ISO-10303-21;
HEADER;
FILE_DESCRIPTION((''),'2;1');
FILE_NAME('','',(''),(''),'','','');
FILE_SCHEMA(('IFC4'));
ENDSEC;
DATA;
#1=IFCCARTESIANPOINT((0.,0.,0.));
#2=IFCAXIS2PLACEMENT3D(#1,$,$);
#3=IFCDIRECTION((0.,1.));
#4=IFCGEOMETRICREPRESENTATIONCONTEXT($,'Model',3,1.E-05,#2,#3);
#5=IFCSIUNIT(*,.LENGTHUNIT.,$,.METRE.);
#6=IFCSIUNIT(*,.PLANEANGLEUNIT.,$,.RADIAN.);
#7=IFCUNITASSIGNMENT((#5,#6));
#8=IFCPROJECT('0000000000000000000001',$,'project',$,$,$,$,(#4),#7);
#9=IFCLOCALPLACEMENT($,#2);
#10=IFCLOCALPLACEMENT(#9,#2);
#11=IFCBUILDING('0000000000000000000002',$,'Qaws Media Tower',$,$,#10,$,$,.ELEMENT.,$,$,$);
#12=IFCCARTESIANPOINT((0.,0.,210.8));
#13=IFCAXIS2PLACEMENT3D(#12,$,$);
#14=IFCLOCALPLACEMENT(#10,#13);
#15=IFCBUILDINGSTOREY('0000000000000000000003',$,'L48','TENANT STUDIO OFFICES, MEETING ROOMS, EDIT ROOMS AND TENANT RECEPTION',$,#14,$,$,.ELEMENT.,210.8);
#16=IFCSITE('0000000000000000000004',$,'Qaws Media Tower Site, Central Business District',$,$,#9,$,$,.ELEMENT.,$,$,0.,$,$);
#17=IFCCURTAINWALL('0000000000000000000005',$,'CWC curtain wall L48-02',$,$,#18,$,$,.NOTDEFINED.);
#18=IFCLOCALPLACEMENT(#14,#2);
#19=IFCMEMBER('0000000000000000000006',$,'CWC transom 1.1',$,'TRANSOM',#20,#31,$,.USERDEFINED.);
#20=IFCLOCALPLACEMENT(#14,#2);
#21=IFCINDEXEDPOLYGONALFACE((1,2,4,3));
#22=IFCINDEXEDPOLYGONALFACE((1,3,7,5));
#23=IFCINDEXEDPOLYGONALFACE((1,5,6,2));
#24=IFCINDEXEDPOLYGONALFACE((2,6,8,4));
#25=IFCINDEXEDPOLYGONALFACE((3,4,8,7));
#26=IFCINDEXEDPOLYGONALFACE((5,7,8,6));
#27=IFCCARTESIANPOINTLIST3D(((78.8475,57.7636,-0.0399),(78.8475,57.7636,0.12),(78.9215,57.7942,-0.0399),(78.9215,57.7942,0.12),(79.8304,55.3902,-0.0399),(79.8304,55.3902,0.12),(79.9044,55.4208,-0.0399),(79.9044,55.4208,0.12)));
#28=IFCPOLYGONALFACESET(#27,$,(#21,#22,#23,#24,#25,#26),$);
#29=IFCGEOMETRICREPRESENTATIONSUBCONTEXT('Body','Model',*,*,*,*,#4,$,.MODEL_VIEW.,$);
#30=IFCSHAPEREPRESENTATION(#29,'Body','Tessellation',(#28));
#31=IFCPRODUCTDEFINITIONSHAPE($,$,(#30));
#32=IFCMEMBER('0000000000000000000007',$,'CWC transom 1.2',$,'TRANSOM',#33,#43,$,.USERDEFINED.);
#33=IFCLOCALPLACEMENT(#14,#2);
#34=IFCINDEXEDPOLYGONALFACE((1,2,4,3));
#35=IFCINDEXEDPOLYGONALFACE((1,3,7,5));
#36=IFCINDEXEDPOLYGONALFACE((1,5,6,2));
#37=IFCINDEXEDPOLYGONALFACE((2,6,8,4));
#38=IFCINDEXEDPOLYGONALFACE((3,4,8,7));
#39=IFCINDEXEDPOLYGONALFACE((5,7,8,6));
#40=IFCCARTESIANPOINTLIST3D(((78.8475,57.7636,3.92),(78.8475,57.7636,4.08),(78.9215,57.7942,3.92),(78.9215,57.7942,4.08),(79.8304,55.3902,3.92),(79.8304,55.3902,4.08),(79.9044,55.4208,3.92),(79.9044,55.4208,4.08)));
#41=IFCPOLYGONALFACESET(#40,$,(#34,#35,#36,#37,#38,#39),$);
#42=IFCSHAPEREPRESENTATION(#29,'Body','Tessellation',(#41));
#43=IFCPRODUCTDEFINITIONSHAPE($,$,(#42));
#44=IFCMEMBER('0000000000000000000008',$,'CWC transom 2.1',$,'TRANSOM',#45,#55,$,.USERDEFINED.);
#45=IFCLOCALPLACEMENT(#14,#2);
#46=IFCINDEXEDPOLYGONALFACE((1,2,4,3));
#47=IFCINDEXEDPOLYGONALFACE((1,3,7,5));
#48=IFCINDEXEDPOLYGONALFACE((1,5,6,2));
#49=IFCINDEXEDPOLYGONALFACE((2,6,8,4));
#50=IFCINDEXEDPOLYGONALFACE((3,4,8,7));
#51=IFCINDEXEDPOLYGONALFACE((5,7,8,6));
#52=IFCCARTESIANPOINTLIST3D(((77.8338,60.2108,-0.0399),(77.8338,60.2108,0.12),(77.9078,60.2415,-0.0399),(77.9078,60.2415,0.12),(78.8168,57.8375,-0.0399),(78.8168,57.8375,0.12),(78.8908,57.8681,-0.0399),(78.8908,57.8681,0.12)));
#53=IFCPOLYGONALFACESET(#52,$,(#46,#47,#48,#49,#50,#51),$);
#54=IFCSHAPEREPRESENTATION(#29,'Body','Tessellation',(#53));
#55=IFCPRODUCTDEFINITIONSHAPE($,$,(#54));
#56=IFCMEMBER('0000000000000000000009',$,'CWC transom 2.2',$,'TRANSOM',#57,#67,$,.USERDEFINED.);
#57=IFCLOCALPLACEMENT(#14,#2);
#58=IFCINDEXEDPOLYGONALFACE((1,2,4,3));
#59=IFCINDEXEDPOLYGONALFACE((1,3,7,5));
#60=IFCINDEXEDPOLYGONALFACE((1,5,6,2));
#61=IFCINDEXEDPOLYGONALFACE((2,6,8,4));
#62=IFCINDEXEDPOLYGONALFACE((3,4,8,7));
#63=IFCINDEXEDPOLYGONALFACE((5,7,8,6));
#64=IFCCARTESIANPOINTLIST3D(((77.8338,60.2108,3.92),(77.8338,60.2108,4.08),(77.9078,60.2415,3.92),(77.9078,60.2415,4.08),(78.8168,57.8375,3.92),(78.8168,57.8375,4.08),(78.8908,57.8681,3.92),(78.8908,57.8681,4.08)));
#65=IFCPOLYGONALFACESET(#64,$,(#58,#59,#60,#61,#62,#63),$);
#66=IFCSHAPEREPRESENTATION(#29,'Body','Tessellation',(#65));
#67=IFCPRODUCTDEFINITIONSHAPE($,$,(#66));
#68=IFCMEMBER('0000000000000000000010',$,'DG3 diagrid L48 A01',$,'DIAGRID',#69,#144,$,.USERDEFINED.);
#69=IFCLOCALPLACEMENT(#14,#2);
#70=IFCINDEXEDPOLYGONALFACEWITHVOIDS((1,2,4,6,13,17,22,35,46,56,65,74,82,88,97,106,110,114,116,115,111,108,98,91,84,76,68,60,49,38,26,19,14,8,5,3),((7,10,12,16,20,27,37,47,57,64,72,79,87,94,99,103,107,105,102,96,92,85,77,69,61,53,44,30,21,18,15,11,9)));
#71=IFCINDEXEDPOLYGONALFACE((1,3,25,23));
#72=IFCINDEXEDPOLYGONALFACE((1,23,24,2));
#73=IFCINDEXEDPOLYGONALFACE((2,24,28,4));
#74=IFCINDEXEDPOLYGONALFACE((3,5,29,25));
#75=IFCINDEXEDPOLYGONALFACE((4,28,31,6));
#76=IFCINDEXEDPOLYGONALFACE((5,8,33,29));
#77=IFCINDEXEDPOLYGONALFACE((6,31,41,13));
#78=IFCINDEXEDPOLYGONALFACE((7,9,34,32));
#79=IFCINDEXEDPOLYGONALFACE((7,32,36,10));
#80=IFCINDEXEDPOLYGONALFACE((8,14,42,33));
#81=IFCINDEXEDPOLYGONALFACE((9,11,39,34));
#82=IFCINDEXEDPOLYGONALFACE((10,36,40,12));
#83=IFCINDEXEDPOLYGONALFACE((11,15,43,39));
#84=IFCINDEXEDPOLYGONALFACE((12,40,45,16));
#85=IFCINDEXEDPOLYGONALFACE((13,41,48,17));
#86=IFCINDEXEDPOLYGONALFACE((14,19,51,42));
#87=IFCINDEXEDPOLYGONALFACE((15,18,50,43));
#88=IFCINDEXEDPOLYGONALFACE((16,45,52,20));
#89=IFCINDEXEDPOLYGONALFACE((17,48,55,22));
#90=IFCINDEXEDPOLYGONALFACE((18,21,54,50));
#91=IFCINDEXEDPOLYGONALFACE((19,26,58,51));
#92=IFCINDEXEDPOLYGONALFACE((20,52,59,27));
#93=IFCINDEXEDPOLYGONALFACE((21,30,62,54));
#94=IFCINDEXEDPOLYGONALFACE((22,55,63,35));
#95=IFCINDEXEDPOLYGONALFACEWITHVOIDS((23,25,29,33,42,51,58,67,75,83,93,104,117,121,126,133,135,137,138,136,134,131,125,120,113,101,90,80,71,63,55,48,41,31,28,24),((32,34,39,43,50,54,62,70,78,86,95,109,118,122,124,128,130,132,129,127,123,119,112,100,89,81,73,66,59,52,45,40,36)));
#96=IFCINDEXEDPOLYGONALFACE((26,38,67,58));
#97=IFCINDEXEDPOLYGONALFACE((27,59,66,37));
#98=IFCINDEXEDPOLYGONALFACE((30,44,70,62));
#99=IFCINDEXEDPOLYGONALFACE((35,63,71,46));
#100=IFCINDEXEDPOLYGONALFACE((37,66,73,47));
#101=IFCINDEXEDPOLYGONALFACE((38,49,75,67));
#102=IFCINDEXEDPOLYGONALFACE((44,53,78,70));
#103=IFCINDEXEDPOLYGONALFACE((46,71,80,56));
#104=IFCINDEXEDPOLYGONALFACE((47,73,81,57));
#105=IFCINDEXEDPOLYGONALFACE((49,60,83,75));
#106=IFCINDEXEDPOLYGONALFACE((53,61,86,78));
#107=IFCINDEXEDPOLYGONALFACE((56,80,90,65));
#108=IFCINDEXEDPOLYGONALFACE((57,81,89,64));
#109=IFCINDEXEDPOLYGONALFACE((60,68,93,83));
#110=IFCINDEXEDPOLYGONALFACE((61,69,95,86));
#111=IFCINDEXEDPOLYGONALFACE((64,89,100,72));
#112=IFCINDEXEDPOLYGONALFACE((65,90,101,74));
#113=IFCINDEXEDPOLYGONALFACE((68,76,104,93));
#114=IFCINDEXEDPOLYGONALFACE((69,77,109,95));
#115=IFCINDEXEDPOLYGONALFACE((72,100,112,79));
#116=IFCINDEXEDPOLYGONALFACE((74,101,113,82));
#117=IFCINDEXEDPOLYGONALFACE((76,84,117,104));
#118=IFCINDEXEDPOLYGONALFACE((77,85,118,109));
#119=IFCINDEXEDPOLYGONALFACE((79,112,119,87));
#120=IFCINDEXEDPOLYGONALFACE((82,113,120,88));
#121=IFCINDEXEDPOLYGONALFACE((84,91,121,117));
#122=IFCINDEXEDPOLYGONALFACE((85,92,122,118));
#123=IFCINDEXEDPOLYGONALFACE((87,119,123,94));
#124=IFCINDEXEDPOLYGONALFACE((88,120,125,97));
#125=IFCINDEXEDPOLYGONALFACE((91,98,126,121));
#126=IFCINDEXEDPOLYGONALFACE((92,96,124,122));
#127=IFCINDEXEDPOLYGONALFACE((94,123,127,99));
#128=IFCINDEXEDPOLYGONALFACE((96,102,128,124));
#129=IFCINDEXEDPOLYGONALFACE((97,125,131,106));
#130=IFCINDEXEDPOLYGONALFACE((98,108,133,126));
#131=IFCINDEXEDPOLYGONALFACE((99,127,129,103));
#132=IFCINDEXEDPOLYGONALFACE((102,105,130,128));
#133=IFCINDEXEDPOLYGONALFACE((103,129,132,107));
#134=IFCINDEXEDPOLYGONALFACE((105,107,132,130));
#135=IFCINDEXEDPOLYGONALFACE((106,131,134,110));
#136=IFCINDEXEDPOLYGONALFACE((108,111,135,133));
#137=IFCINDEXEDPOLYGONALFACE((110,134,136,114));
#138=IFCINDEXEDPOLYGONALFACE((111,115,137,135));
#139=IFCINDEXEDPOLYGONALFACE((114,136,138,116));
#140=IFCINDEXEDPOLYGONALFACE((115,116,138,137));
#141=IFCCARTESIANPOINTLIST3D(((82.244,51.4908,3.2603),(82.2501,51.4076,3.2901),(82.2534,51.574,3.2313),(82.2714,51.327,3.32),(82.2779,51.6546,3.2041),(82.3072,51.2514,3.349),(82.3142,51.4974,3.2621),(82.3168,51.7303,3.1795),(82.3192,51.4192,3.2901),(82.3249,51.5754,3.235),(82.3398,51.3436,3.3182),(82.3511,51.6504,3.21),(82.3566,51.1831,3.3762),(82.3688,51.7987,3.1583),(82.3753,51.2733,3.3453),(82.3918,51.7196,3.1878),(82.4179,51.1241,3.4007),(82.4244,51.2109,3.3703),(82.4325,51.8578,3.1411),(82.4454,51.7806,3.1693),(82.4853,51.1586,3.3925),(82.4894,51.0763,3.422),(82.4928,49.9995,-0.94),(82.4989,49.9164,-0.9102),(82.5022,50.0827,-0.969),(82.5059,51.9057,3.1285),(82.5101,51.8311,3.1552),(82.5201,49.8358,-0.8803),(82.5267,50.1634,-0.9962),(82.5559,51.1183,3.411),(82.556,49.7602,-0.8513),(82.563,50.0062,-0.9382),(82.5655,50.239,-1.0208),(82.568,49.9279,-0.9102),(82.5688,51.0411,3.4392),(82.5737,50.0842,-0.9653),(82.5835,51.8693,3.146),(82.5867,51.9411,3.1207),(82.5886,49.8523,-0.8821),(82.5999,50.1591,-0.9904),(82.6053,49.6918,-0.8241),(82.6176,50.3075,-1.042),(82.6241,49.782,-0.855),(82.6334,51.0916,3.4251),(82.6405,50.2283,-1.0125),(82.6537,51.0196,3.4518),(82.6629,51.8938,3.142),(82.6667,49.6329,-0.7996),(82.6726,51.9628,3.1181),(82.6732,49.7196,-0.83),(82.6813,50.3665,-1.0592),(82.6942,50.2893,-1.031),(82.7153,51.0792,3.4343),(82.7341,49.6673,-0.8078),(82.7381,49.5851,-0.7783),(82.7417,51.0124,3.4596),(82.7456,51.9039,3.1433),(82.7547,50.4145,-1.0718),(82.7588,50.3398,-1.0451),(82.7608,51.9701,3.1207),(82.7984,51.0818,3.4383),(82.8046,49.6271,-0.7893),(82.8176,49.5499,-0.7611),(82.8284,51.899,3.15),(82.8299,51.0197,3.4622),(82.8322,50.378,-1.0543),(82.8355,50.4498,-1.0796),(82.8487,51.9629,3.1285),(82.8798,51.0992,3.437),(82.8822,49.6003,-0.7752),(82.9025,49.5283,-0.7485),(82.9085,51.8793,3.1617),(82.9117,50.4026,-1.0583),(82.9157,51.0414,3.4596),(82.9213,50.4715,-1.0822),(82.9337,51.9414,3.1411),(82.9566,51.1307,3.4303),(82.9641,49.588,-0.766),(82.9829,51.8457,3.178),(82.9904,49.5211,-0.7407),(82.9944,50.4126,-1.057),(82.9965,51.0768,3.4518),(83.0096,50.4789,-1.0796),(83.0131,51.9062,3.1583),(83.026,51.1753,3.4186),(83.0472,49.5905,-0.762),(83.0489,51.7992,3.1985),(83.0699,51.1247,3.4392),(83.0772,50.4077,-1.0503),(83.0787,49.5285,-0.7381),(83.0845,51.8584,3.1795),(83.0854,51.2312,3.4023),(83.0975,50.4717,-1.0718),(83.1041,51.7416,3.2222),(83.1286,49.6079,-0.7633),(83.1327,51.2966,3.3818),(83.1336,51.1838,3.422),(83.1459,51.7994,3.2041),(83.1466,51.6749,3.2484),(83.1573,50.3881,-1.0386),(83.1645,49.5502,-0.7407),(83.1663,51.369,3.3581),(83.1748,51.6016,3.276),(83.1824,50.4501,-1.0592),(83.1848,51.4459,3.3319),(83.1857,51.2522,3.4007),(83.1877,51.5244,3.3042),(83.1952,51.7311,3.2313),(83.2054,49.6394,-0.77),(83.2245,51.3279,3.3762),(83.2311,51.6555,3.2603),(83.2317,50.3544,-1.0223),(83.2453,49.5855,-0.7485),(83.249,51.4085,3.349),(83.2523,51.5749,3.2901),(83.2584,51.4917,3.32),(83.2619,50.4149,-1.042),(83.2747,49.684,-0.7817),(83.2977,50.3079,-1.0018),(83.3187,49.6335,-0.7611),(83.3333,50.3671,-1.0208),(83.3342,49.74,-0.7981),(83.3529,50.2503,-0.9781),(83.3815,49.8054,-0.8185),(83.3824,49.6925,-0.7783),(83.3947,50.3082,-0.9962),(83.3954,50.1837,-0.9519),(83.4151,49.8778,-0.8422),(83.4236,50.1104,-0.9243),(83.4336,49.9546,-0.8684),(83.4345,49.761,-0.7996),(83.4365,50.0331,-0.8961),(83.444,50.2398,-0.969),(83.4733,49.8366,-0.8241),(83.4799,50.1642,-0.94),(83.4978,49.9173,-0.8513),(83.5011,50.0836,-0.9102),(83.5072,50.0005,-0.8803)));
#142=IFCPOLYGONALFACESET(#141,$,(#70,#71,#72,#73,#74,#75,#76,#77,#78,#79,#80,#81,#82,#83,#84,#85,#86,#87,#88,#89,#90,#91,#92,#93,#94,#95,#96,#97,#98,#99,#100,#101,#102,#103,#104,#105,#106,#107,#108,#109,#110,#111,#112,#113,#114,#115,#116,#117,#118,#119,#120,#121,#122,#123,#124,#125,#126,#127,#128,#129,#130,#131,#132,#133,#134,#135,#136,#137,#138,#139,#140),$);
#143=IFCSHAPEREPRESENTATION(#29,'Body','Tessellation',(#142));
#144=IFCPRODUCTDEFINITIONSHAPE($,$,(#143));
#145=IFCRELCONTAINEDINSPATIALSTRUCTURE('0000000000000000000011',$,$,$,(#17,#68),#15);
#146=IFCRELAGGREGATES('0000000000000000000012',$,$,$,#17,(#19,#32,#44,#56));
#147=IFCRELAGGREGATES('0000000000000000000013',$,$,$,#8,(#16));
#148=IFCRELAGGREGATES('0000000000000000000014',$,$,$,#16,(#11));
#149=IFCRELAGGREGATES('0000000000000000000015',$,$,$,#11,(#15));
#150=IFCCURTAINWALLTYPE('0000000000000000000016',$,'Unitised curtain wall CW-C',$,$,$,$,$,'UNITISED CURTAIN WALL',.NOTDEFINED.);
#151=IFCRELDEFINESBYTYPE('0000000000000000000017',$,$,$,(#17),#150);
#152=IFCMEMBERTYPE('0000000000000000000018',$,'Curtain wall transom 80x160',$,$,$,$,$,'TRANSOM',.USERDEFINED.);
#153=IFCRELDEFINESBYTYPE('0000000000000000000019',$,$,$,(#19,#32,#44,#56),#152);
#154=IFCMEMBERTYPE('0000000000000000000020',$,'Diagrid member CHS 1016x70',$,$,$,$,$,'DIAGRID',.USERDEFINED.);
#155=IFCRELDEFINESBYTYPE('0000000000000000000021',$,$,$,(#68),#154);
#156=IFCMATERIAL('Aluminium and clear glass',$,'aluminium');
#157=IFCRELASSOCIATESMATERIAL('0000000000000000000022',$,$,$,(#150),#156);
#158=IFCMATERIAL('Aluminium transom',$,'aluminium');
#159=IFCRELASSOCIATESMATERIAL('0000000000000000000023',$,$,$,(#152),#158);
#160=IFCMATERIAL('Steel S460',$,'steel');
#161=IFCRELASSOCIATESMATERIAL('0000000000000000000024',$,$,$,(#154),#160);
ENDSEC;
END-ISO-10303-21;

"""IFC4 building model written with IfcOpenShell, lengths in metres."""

from ifc_helpers import new_model, si_unit, direction, frame, origin, origin_2d, place, context, subcontext, project, spatial, rectangle, hollow_circle, extrude, material, material_profile, profile_set, type_object, element, aggregate, save


model = new_model("IFC4")

# Units and contexts
model_context = context("Model", 3, precision=1e-05, world=origin(), true_north=direction((0.0, 1.0)))
body_context = subcontext(model_context, "Body", "Model", "MODEL_VIEW")
ifc_project = project(units=[si_unit("LENGTHUNIT", "METRE"), si_unit("PLANEANGLEUNIT", "RADIAN")], contexts=[model_context])

# Site, building, storey
site_placement = place(None, origin())
site = spatial("IfcSite", under=ifc_project, at=site_placement, Name="Qaws Media Tower Site, Central Business District", CompositionType="ELEMENT", RefElevation=0.0)
building_placement = place(site_placement, origin())
building = spatial("IfcBuilding", under=site, at=building_placement, Name="Qaws Media Tower", CompositionType="ELEMENT")
storey_placement = place(building_placement, frame((0.0, 0.0, 210.8)))
storey = spatial("IfcBuildingStorey", under=building, at=storey_placement, Name="L48", Description="TENANT STUDIO OFFICES, MEETING ROOMS, EDIT ROOMS AND TENANT RECEPTION", CompositionType="ELEMENT", Elevation=210.8)

# Curtain wall
ifc_material_1 = material(Name="Aluminium and clear glass", Category="aluminium")
curtain_wall_type = type_object("IfcCurtainWallType", Name="Unitised curtain wall CW-C", ElementType="UNITISED CURTAIN WALL", PredefinedType="NOTDEFINED", material=ifc_material_1)
curtain_wall_1_placement = place(storey_placement, origin())
curtain_wall_1 = element("IfcCurtainWall", 1, at=curtain_wall_1_placement, inside=storey, type_object=curtain_wall_type, Name="CWC curtain wall L48-02", PredefinedType="NOTDEFINED")

# Members
ifc_material_2 = material(Name="Aluminium transom", Category="aluminium")
ifc_material_profile_1 = material_profile(ifc_material_2, rectangle(XDim=0.0801, YDim=0.1599, at=origin_2d()), Name="80x160")
ifc_profile_set_1 = profile_set([ifc_material_profile_1], Name="Aluminium transom")
member_type_1 = type_object("IfcMemberType", Name="Curtain wall transom 80x160", ElementType="TRANSOM", PredefinedType="USERDEFINED", material=ifc_profile_set_1)
member_1_placement = place(storey_placement, frame((79.8674, 55.4055, 0.04), z_axis=(-0.382637, 0.923899, 0.0), x_axis=(-0.923899, -0.382637, 0.0)))
member_1 = element("IfcMember", 2, at=member_1_placement, type_object=member_type_1, Name="CWC transom 1.1", ObjectType="TRANSOM", PredefinedType="USERDEFINED", context=body_context, shape_type="SweptSolid", body=[
    extrude(rectangle(XDim=0.0801, YDim=0.1599, at=origin_2d()), origin(), (0.0, 0.0, 1.0), 2.5688),
])
member_2_placement = place(storey_placement, frame((79.8674, 55.4055, 4.0), z_axis=(-0.382637, 0.923899, 0.0), x_axis=(-0.923899, -0.382637, 0.0)))
member_2 = element("IfcMember", 3, at=member_2_placement, type_object=member_type_1, Name="CWC transom 1.2", ObjectType="TRANSOM", PredefinedType="USERDEFINED", context=body_context, shape_type="SweptSolid", body=[
    extrude(rectangle(XDim=0.0801, YDim=0.1599, at=origin_2d()), origin(), (0.0, 0.0, 1.0), 2.5688),
])
member_3_placement = place(storey_placement, frame((78.8538, 57.8528, 0.04), z_axis=(-0.382637, 0.923899, 0.0), x_axis=(-0.923899, -0.382637, 0.0)))
member_3 = element("IfcMember", 4, at=member_3_placement, type_object=member_type_1, Name="CWC transom 2.1", ObjectType="TRANSOM", PredefinedType="USERDEFINED", context=body_context, shape_type="SweptSolid", body=[
    extrude(rectangle(XDim=0.0801, YDim=0.1599, at=origin_2d()), origin(), (0.0, 0.0, 1.0), 2.5688),
])
member_4_placement = place(storey_placement, frame((78.8538, 57.8528, 4.0), z_axis=(-0.382637, 0.923899, 0.0), x_axis=(-0.923899, -0.382637, 0.0)))
member_4 = element("IfcMember", 5, at=member_4_placement, type_object=member_type_1, Name="CWC transom 2.2", ObjectType="TRANSOM", PredefinedType="USERDEFINED", context=body_context, shape_type="SweptSolid", body=[
    extrude(rectangle(XDim=0.0801, YDim=0.1599, at=origin_2d()), origin(), (0.0, 0.0, 1.0), 2.5688),
])

# Member
ifc_material_3 = material(Name="Steel S460", Category="steel")
ifc_material_profile_2 = material_profile(ifc_material_3, hollow_circle(Radius=0.5081, WallThickness=0.0701, at=origin_2d()), Name="CHS 1016x70")
ifc_profile_set_2 = profile_set([ifc_material_profile_2], Name="Steel S460")
member_type_2 = type_object("IfcMemberType", Name="Diagrid member CHS 1016x70", ElementType="DIAGRID", PredefinedType="USERDEFINED", material=ifc_profile_set_2)
for number, where, z_axis, x_axis, name in (
    (6, (83.0, 50.0, -0.9102), (-0.05573, 0.334053, 0.940905), (-0.986368, -0.164556, 0.0), "DG3 diagrid L48 A01"),
):
    element("IfcMember", number, at=place(storey_placement, frame(where, z_axis=z_axis, x_axis=x_axis)), inside=storey, type_object=member_type_2, Name=name, ObjectType="DIAGRID", PredefinedType="USERDEFINED", context=body_context, shape_type="SweptSolid", body=[
        extrude(hollow_circle(Radius=0.5081, WallThickness=0.0701, at=origin_2d()), origin(), (0.0, 0.0, 1.0), 4.4641),
    ])

aggregate(curtain_wall_1, [member_1, member_2, member_3, member_4])

save(model, "model.ifc")
